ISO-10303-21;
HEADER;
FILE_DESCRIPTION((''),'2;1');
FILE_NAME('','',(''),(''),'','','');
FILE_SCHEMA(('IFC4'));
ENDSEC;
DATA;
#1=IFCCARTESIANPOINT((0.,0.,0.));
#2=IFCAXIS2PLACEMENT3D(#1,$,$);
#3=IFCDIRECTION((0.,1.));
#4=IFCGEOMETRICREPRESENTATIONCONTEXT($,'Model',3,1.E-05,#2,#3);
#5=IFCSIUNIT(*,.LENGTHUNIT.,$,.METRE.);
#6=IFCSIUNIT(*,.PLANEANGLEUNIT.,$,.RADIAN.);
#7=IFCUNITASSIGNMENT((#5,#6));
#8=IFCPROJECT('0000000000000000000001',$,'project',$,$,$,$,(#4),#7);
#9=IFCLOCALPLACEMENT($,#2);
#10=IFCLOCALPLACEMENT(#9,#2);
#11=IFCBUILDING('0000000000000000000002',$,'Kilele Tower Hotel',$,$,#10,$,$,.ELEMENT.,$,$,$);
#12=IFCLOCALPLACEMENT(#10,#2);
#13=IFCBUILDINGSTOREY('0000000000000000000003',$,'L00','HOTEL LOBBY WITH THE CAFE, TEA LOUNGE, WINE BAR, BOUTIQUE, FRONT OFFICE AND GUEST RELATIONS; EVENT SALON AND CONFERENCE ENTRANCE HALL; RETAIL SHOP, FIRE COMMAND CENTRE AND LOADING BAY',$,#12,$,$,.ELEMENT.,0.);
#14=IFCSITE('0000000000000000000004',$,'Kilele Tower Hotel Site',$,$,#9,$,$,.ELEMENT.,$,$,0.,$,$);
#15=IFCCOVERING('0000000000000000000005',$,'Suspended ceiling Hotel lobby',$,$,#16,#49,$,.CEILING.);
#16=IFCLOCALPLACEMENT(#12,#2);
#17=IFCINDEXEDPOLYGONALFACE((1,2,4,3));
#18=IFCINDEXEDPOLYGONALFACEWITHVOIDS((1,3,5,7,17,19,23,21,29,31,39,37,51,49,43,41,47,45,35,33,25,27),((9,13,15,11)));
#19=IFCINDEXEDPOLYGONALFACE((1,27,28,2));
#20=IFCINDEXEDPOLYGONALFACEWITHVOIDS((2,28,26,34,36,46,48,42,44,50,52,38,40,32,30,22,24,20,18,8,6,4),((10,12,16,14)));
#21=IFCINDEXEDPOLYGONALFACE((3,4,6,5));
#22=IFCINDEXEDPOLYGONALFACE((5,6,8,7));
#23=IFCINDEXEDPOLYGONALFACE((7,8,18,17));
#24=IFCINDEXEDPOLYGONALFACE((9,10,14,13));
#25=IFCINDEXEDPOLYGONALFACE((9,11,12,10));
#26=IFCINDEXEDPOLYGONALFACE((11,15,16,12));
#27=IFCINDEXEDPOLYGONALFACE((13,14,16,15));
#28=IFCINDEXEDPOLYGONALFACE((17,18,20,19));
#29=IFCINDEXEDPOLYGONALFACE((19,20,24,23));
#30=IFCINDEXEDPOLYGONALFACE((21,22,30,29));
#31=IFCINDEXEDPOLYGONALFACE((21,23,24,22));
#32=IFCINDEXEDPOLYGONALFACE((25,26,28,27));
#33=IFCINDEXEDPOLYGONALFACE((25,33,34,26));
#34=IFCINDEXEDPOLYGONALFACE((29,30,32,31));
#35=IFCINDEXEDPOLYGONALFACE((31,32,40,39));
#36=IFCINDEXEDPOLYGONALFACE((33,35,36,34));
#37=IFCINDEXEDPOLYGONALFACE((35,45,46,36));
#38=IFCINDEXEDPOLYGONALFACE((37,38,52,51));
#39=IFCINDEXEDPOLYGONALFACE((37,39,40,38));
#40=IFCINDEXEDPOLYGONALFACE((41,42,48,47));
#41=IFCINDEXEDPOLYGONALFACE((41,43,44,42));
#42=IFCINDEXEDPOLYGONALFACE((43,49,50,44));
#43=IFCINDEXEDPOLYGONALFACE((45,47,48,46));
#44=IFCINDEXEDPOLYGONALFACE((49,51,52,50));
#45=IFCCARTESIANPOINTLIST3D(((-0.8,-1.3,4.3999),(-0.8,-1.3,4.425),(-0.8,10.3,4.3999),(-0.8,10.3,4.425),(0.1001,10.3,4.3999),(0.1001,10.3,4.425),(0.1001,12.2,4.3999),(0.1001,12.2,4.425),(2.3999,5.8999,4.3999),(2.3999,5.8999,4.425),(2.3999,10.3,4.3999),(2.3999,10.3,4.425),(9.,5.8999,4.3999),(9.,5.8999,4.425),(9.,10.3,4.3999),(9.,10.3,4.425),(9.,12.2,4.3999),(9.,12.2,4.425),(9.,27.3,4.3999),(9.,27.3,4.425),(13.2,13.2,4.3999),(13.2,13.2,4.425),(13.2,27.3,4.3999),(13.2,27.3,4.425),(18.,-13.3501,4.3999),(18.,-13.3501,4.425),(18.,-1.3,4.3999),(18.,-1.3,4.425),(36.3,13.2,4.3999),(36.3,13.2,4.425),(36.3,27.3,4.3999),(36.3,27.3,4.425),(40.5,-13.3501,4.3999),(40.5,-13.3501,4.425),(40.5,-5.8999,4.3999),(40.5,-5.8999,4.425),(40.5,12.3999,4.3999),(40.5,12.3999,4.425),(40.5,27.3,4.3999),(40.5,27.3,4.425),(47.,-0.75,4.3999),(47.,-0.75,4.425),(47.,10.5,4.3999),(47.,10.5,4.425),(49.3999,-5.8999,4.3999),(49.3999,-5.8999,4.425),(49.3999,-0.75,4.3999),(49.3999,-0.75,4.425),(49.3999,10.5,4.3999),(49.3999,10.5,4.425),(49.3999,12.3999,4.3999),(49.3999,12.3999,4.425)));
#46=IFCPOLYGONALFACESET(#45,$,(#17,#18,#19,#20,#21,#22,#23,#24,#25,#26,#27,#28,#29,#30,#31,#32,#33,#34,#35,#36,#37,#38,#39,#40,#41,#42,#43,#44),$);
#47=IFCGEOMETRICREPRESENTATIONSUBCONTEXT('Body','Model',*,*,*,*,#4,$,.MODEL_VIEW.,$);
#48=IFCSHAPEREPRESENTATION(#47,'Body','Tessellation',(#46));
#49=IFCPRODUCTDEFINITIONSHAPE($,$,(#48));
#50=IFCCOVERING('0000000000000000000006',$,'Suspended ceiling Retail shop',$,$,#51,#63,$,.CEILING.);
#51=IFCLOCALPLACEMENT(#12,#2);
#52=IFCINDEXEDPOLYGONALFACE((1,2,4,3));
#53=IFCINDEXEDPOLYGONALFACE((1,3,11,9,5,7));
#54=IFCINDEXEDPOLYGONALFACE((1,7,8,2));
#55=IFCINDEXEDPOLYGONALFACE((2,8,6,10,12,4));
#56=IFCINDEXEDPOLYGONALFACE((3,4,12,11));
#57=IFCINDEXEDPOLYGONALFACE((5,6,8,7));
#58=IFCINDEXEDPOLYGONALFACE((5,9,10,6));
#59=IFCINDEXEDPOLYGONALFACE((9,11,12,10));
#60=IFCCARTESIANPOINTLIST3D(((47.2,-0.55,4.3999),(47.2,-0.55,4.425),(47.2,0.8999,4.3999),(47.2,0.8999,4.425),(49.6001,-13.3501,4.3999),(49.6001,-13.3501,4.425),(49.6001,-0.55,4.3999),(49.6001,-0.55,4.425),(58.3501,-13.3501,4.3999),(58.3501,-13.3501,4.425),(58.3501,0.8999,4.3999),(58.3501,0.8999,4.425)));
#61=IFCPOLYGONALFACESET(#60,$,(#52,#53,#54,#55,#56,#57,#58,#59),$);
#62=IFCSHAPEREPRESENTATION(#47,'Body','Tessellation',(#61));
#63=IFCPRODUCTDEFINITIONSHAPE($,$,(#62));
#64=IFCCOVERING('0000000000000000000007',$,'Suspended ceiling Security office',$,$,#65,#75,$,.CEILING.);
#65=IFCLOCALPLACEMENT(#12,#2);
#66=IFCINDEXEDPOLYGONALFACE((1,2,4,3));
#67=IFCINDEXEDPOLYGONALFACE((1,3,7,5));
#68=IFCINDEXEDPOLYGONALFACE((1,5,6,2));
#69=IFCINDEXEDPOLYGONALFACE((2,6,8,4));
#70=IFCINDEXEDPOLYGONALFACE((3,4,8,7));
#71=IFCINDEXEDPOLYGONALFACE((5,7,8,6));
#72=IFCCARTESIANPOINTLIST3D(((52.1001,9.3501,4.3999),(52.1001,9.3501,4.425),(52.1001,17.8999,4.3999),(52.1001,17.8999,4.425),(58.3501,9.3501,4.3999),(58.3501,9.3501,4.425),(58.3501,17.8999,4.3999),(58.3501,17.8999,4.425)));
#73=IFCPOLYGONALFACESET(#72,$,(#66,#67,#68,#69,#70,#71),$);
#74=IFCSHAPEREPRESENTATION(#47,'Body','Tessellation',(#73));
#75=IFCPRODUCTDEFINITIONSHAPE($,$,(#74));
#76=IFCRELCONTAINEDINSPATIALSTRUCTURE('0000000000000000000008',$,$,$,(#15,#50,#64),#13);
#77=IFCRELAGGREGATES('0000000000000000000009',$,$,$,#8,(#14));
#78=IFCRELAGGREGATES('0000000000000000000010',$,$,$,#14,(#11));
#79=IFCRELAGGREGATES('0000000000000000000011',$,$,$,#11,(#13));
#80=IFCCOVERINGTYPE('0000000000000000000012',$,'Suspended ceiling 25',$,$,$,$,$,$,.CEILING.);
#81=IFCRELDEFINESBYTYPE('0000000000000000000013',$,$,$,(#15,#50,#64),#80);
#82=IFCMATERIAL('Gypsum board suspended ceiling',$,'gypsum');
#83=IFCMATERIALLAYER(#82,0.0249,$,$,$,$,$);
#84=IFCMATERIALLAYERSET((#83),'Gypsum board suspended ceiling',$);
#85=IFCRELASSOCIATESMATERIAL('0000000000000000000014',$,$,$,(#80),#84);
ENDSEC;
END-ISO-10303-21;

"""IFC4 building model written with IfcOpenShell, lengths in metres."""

from ifc_helpers import new_model, si_unit, direction, frame, origin, place, context, subcontext, project, spatial, polyline, outline, extrude, material, layer, layer_set, type_object, element, save


model = new_model("IFC4")

# Units and contexts
model_context = context("Model", 3, precision=1e-05, world=origin(), true_north=direction((0.0, 1.0)))
body_context = subcontext(model_context, "Body", "Model", "MODEL_VIEW")
ifc_project = project(units=[si_unit("LENGTHUNIT", "METRE"), si_unit("PLANEANGLEUNIT", "RADIAN")], contexts=[model_context])

# Site, building, storey
site_placement = place(None, origin())
site = spatial("IfcSite", under=ifc_project, at=site_placement, Name="Kilele Tower Hotel Site", CompositionType="ELEMENT", RefElevation=0.0)
building_placement = place(site_placement, origin())
building = spatial("IfcBuilding", under=site, at=building_placement, Name="Kilele Tower Hotel", CompositionType="ELEMENT")
storey_placement = place(building_placement, origin())
storey = spatial("IfcBuildingStorey", under=building, at=storey_placement, Name="L00", Description="HOTEL LOBBY WITH THE CAFE, TEA LOUNGE, WINE BAR, BOUTIQUE, FRONT OFFICE AND GUEST RELATIONS; EVENT SALON AND CONFERENCE ENTRANCE HALL; RETAIL SHOP, FIRE COMMAND CENTRE AND LOADING BAY", CompositionType="ELEMENT", Elevation=0.0)

# Coverings
ifc_material_1 = material(Name="Gypsum board suspended ceiling", Category="gypsum")
ifc_layer_1 = layer(ifc_material_1, 0.0249)
ifc_layer_set_1 = layer_set([ifc_layer_1], Name="Gypsum board suspended ceiling")
covering_type = type_object("IfcCoveringType", Name="Suspended ceiling 25", PredefinedType="CEILING", material=ifc_layer_set_1)
covering_1_placement = place(storey_placement, frame((0.0, 0.0, 4.3999)))
element("IfcCovering", 1, at=covering_1_placement, inside=storey, type_object=covering_type, Name="Suspended ceiling Hotel lobby", PredefinedType="CEILING", context=body_context, shape_type="SweptSolid", body=[
    extrude(outline(polyline([(40.5, -5.8999), (40.5, -13.3501), (18.0, -13.3501), (18.0, -1.3), (-0.8, -1.3), (-0.8, 10.3), (0.1001, 10.3), (0.1001, 12.2), (9.0, 12.2), (9.0, 27.3), (13.2, 27.3), (13.2, 13.2), (36.3, 13.2), (36.3, 27.3), (40.5, 27.3), (40.5, 12.3999), (49.3999, 12.3999), (49.3999, 10.5), (47.0, 10.5), (47.0, -0.75), (49.3999, -0.75), (49.3999, -5.8999), (40.5, -5.8999)]), holes=[polyline([(2.3999, 5.8999), (9.0, 5.8999), (9.0, 10.3), (2.3999, 10.3), (2.3999, 5.8999)])]), origin(), (0.0, 0.0, 1.0), 0.0251),
])
covering_2_placement = place(storey_placement, frame((0.0, 0.0, 4.3999)))
element("IfcCovering", 2, at=covering_2_placement, inside=storey, type_object=covering_type, Name="Suspended ceiling Retail shop", PredefinedType="CEILING", context=body_context, shape_type="SweptSolid", body=[
    extrude(outline(polyline([(58.3501, 0.8999), (58.3501, -13.3501), (49.6001, -13.3501), (49.6001, -0.55), (47.2, -0.55), (47.2, 0.8999), (58.3501, 0.8999)])), origin(), (0.0, 0.0, 1.0), 0.0251),
])
covering_3_placement = place(storey_placement, frame((0.0, 0.0, 4.3999)))
element("IfcCovering", 3, at=covering_3_placement, inside=storey, type_object=covering_type, Name="Suspended ceiling Security office", PredefinedType="CEILING", context=body_context, shape_type="SweptSolid", body=[
    extrude(outline(polyline([(58.3501, 9.3501), (52.1001, 9.3501), (52.1001, 17.8999), (58.3501, 17.8999), (58.3501, 9.3501)])), origin(), (0.0, 0.0, 1.0), 0.0251),
])

save(model, "model.ifc")
